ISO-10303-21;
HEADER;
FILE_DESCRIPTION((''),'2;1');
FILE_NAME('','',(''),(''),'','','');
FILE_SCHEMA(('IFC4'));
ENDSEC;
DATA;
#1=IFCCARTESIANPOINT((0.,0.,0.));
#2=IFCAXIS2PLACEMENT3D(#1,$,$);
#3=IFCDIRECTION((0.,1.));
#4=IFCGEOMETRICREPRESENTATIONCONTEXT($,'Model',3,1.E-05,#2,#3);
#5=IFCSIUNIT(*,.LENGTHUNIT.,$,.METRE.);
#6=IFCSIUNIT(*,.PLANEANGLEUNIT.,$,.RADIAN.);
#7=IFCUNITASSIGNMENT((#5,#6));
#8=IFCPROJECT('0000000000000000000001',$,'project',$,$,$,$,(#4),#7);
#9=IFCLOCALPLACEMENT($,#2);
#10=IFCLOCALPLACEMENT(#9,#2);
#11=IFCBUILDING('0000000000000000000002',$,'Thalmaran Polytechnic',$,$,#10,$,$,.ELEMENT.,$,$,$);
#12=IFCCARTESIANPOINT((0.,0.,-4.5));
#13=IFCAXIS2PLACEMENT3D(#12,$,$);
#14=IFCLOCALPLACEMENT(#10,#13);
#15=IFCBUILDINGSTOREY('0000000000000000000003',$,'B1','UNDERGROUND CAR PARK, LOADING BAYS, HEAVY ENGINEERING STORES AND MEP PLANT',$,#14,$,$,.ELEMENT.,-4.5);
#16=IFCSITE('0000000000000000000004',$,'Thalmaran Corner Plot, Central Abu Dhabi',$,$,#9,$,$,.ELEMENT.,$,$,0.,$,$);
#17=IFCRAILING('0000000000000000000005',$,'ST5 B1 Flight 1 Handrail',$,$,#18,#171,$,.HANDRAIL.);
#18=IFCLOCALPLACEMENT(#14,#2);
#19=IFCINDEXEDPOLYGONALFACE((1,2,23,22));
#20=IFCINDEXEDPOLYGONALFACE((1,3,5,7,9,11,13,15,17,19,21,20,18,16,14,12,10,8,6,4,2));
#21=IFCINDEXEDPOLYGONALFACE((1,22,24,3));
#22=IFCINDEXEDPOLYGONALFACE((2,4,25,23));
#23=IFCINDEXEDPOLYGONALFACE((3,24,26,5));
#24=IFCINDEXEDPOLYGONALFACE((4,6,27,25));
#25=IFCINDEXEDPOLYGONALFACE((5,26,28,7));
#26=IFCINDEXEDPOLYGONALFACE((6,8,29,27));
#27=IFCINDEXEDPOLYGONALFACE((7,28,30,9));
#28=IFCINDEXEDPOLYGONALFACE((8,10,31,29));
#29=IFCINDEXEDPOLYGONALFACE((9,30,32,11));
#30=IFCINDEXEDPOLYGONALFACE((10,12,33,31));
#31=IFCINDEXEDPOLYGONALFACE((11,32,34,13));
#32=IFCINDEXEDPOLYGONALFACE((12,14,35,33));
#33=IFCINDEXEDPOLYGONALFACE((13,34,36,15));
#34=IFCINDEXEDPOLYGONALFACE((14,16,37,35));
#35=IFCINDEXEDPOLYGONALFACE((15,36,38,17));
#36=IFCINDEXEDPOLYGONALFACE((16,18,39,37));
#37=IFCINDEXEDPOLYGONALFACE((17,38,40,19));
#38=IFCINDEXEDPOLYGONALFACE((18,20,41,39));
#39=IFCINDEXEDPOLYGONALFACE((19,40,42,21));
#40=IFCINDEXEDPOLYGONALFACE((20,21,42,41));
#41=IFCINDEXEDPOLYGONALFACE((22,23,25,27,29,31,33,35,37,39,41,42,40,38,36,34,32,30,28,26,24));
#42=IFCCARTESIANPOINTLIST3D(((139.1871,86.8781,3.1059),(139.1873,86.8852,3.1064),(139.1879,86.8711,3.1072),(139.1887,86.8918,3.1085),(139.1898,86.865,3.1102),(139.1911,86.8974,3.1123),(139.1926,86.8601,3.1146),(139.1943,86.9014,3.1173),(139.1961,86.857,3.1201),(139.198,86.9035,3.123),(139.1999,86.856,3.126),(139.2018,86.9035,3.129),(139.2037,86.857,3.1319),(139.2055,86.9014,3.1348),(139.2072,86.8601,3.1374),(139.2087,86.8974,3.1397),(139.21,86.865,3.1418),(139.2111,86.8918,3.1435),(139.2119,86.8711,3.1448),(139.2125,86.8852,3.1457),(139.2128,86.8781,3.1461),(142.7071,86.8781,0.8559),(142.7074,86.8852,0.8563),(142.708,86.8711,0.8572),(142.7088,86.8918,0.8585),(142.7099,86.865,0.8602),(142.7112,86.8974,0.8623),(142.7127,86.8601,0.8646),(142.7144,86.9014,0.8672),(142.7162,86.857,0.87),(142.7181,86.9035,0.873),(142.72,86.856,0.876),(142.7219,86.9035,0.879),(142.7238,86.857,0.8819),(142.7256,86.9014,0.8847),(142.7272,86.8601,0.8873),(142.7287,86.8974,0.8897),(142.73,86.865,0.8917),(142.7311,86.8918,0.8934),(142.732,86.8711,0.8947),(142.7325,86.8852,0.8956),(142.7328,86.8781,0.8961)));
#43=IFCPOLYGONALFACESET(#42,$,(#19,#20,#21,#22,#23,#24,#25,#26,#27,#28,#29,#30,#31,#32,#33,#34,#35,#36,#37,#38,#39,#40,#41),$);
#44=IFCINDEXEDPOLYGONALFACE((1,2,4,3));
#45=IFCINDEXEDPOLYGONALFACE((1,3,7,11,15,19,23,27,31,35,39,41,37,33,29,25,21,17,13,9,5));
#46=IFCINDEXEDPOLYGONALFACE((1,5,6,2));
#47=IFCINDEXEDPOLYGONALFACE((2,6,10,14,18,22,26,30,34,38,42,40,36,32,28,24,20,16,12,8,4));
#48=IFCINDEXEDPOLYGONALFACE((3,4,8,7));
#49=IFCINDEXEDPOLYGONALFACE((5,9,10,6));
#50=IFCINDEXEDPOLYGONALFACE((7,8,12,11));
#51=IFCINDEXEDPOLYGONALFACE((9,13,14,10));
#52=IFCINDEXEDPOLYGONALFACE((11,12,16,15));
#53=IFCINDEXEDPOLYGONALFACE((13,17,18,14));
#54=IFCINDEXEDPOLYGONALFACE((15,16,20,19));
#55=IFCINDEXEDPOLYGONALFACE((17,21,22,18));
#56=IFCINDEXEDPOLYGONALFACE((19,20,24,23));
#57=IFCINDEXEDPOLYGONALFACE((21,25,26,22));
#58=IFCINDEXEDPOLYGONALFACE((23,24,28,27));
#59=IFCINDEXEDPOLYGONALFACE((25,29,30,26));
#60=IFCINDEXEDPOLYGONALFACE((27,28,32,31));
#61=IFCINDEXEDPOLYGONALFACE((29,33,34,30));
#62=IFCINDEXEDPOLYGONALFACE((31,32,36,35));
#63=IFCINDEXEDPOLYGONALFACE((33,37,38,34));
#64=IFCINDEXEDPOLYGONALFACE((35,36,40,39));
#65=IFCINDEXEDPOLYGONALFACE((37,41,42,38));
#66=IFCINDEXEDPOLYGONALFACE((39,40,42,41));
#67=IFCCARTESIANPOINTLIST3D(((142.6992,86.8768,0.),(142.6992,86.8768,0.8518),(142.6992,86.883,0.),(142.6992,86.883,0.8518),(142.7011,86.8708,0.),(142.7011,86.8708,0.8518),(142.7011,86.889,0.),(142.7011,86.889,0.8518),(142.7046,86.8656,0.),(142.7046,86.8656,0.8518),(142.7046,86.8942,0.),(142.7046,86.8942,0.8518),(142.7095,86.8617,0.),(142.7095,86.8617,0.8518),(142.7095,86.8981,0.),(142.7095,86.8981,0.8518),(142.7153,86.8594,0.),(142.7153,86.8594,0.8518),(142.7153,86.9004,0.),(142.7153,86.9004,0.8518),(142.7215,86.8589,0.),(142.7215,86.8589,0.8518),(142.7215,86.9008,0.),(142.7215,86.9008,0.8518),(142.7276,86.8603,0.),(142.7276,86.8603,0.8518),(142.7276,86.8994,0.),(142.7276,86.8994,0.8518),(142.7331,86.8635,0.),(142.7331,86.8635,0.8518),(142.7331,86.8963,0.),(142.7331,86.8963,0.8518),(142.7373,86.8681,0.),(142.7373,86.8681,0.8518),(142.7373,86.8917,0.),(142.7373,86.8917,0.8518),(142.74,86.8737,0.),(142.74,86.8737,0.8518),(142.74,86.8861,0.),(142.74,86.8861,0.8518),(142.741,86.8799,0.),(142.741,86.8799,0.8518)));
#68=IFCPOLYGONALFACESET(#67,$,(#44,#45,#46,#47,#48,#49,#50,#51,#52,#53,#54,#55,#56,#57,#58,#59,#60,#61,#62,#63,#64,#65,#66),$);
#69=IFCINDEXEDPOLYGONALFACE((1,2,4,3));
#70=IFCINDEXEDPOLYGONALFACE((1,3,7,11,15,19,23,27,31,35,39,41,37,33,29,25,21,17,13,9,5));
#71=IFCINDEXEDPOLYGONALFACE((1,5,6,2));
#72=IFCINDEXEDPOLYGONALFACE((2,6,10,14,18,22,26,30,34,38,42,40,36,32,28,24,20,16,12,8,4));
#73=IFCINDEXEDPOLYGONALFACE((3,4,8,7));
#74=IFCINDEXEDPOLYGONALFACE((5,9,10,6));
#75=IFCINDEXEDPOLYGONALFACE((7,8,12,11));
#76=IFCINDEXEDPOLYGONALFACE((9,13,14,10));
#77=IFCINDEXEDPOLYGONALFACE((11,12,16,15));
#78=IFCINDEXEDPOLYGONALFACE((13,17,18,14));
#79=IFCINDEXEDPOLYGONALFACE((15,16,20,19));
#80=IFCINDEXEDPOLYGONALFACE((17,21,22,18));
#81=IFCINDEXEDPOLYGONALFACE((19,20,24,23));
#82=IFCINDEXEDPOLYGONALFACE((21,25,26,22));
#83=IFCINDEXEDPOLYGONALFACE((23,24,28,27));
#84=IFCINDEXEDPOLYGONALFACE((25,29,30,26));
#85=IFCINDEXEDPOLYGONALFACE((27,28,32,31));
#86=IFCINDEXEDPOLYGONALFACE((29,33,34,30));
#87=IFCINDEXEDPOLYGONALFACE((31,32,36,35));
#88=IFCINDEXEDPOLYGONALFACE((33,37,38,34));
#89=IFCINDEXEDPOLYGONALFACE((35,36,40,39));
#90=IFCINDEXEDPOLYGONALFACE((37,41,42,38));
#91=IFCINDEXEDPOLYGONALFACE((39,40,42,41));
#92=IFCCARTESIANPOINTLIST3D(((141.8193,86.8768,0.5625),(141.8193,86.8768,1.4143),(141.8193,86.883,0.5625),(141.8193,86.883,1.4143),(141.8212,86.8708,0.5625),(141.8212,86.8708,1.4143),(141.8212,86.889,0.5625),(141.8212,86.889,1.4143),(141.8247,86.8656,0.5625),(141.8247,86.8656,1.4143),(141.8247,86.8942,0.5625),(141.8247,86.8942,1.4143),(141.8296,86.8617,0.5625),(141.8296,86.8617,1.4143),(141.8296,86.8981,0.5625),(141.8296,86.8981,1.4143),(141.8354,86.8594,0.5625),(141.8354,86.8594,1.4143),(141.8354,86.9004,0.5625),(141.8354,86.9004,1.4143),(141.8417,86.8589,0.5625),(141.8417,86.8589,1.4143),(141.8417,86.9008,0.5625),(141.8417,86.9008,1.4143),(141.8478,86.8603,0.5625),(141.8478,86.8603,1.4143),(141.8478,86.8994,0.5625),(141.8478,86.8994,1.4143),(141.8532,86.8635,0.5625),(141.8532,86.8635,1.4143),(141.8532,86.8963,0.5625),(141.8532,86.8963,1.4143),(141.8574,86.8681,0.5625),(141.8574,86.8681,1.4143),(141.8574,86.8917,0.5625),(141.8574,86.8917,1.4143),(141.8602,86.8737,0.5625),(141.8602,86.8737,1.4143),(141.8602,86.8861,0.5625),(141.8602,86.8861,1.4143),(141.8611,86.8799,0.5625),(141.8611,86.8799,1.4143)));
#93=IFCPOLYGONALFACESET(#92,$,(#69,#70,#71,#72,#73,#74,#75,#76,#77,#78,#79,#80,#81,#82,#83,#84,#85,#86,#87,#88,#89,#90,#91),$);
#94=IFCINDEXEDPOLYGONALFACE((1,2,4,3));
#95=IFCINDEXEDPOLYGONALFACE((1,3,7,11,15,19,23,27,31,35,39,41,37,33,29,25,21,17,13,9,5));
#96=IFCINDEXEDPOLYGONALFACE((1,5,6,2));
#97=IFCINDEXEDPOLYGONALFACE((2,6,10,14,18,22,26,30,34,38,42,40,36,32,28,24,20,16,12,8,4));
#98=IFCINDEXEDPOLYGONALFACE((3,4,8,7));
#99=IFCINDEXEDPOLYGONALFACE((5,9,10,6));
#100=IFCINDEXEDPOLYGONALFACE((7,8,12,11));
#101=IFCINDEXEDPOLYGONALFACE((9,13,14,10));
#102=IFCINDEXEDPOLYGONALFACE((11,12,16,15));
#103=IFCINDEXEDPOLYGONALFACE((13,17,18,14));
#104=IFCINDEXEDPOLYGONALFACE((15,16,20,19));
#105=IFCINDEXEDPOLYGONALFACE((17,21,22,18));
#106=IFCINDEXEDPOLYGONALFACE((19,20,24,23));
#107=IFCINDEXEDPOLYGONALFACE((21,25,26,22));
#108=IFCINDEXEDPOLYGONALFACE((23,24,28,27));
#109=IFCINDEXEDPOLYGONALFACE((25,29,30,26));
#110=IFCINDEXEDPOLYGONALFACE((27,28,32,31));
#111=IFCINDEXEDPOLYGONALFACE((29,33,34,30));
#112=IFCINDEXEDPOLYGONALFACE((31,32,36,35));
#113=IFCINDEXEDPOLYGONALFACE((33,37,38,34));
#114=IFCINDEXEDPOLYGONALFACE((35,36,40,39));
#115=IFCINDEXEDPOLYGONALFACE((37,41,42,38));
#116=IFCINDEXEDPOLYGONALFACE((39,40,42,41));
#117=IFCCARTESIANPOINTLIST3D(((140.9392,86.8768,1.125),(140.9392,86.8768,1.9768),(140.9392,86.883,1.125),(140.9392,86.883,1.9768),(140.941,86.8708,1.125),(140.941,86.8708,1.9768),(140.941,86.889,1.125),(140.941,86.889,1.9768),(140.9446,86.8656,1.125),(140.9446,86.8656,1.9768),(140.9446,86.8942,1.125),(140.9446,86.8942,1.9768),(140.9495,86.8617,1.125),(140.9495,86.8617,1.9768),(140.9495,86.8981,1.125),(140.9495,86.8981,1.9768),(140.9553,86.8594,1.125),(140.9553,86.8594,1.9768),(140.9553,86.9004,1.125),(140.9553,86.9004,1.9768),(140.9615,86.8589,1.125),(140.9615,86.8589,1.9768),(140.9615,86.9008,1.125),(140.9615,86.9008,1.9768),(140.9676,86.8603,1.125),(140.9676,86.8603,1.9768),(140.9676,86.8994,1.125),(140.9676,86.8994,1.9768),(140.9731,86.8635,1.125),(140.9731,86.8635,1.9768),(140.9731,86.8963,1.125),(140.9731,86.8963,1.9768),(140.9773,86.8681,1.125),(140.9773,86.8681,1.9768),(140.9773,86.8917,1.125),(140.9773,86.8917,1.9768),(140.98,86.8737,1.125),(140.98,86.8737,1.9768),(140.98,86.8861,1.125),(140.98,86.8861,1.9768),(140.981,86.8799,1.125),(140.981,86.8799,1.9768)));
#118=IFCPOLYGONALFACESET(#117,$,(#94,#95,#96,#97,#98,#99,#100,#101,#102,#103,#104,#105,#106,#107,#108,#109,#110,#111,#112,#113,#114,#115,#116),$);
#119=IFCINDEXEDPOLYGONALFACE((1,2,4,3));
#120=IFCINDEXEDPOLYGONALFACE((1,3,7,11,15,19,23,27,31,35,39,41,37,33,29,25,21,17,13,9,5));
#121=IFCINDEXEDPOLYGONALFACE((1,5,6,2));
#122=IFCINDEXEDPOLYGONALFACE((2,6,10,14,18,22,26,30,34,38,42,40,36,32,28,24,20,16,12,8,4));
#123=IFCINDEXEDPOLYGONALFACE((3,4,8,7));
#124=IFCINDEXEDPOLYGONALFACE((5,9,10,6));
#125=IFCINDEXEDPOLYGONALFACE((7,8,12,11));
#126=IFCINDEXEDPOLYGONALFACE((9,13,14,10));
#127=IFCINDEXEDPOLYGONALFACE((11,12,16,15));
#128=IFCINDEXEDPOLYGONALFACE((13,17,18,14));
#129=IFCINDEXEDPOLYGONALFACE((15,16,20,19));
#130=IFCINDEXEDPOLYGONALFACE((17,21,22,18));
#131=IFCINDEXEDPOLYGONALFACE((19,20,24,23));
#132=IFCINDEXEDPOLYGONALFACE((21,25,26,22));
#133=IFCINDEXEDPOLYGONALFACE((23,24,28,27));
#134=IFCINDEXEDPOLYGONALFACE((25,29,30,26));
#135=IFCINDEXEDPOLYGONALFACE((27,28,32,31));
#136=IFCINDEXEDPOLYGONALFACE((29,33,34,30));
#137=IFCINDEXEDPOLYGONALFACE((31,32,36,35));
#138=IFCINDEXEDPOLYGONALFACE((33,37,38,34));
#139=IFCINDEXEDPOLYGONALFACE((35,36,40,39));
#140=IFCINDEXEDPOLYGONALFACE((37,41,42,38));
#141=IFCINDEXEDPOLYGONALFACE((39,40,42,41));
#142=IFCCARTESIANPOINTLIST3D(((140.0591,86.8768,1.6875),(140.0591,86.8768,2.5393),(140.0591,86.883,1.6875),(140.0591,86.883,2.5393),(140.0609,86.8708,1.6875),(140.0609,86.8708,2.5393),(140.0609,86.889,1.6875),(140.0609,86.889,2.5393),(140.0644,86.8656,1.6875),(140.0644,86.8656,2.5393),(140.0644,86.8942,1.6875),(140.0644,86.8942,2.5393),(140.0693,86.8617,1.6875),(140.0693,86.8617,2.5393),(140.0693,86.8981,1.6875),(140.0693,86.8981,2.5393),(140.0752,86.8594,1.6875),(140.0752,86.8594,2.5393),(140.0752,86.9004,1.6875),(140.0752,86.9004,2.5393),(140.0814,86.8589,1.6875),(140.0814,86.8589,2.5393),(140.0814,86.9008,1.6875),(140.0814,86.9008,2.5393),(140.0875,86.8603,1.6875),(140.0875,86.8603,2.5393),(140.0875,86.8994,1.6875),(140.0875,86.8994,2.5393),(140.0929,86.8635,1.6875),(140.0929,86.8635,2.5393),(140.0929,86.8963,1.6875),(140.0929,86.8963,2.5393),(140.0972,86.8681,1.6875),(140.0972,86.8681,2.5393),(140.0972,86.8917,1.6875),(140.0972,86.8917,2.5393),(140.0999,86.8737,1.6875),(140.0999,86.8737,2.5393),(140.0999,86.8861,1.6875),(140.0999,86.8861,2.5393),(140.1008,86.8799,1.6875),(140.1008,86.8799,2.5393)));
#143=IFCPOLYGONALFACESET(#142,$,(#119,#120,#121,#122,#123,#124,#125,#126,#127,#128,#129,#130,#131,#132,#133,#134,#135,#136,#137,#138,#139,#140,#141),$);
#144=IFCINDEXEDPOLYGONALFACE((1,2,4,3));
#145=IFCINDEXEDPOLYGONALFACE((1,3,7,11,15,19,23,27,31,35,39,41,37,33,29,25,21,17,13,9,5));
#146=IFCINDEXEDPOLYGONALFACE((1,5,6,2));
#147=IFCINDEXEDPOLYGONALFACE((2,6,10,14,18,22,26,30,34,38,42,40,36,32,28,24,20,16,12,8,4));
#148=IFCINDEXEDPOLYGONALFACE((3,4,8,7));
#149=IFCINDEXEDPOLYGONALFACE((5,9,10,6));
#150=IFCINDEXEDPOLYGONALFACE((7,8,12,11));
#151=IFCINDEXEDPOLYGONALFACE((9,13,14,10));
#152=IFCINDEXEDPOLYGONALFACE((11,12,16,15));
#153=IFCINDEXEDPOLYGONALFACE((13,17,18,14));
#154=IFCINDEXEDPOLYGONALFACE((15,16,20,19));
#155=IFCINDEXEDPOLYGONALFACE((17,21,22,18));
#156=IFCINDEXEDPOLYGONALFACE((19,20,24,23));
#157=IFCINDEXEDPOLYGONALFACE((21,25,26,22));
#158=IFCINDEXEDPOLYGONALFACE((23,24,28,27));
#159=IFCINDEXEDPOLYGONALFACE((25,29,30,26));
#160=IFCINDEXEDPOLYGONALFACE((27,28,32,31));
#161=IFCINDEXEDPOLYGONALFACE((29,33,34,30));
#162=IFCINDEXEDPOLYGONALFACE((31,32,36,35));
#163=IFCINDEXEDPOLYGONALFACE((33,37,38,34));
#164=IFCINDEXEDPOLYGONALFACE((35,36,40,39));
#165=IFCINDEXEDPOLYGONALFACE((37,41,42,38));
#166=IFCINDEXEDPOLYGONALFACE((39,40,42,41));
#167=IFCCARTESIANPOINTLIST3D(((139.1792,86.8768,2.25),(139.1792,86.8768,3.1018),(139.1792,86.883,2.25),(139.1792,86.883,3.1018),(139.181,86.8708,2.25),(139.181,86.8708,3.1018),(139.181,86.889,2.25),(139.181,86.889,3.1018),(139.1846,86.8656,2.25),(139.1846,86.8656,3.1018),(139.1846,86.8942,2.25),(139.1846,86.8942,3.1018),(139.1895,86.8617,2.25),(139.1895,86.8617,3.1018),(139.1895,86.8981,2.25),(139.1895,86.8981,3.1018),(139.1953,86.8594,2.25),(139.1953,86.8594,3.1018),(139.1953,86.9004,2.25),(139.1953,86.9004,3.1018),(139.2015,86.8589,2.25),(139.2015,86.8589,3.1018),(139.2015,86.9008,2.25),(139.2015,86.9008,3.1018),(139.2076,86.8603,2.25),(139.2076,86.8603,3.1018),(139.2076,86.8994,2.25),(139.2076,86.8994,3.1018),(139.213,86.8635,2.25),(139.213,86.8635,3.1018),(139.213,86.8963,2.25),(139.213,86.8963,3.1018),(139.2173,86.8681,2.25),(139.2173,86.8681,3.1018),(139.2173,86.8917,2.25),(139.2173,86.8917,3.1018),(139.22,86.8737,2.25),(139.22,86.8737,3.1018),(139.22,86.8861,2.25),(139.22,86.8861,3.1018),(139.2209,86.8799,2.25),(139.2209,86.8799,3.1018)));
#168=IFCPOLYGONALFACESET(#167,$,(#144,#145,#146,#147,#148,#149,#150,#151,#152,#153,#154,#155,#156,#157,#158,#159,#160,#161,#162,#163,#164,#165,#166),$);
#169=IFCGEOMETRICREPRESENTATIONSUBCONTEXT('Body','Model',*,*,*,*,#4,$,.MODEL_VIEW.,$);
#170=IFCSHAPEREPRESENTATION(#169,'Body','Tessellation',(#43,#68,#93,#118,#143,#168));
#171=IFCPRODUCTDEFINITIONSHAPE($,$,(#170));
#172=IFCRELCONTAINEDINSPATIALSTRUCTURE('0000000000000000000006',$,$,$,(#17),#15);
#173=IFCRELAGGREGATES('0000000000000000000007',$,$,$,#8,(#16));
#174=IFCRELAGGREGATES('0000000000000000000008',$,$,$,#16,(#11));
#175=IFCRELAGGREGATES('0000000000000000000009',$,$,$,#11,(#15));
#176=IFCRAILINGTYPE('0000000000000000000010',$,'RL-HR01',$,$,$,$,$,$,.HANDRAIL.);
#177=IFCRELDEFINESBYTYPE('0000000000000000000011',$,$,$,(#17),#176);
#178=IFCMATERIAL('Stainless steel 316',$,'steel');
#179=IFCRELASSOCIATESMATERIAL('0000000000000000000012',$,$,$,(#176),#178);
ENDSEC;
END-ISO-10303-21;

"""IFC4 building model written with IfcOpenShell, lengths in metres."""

from ifc_helpers import new_model, si_unit, direction, frame, origin, origin_2d, place, context, subcontext, project, spatial, circle, extrude, material, type_object, element, save


model = new_model("IFC4")

# Units and contexts
model_context = context("Model", 3, precision=1e-05, world=origin(), true_north=direction((0.0, 1.0)))
body_context = subcontext(model_context, "Body", "Model", "MODEL_VIEW")
ifc_project = project(units=[si_unit("LENGTHUNIT", "METRE"), si_unit("PLANEANGLEUNIT", "RADIAN")], contexts=[model_context])

# Site, building, storey
site_placement = place(None, origin())
site = spatial("IfcSite", under=ifc_project, at=site_placement, Name="Thalmaran Corner Plot, Central Abu Dhabi", CompositionType="ELEMENT", RefElevation=0.0)
building_placement = place(site_placement, origin())
building = spatial("IfcBuilding", under=site, at=building_placement, Name="Thalmaran Polytechnic", CompositionType="ELEMENT")
storey_placement = place(building_placement, frame((0.0, 0.0, -4.5)))
storey = spatial("IfcBuildingStorey", under=building, at=storey_placement, Name="B1", Description="UNDERGROUND CAR PARK, LOADING BAYS, HEAVY ENGINEERING STORES AND MEP PLANT", CompositionType="ELEMENT", Elevation=-4.5)

# Railing
ifc_material_1 = material(Name="Stainless steel 316", Category="steel")
railing_type_1 = type_object("IfcRailingType", Name="RL-HR01", PredefinedType="HANDRAIL", material=ifc_material_1)
railing_1_placement = place(storey_placement, frame((142.72, 86.8799, 0.0)))
element("IfcRailing", 1, at=railing_1_placement, inside=storey, type_object=railing_type_1, Name="ST5 B1 Flight 1 Handrail", PredefinedType="HANDRAIL", context=body_context, shape_type="SweptSolid", body=[
    extrude(circle(Radius=0.0239, at=origin_2d()), frame((0.0, 0.0, 0.876), z_axis=(-0.842577, 0.0, 0.538576), x_axis=(0.0, -1.0, 0.0)), (0.0, 0.0, 1.0), 4.1777),
    extrude(circle(Radius=0.021, at=origin_2d()), origin(), (0.0, 0.0, 1.0), 0.8518),
    extrude(circle(Radius=0.021, at=origin_2d()), frame((-0.8799, 0.0, 0.5625)), (0.0, 0.0, 1.0), 0.8518),
    extrude(circle(Radius=0.021, at=origin_2d()), frame((-1.76, 0.0, 1.125)), (0.0, 0.0, 1.0), 0.8518),
    extrude(circle(Radius=0.021, at=origin_2d()), frame((-2.6401, 0.0, 1.6875)), (0.0, 0.0, 1.0), 0.8518),
    extrude(circle(Radius=0.021, at=origin_2d()), frame((-3.52, 0.0, 2.25)), (0.0, 0.0, 1.0), 0.8518),
])

save(model, "model.ifc")
